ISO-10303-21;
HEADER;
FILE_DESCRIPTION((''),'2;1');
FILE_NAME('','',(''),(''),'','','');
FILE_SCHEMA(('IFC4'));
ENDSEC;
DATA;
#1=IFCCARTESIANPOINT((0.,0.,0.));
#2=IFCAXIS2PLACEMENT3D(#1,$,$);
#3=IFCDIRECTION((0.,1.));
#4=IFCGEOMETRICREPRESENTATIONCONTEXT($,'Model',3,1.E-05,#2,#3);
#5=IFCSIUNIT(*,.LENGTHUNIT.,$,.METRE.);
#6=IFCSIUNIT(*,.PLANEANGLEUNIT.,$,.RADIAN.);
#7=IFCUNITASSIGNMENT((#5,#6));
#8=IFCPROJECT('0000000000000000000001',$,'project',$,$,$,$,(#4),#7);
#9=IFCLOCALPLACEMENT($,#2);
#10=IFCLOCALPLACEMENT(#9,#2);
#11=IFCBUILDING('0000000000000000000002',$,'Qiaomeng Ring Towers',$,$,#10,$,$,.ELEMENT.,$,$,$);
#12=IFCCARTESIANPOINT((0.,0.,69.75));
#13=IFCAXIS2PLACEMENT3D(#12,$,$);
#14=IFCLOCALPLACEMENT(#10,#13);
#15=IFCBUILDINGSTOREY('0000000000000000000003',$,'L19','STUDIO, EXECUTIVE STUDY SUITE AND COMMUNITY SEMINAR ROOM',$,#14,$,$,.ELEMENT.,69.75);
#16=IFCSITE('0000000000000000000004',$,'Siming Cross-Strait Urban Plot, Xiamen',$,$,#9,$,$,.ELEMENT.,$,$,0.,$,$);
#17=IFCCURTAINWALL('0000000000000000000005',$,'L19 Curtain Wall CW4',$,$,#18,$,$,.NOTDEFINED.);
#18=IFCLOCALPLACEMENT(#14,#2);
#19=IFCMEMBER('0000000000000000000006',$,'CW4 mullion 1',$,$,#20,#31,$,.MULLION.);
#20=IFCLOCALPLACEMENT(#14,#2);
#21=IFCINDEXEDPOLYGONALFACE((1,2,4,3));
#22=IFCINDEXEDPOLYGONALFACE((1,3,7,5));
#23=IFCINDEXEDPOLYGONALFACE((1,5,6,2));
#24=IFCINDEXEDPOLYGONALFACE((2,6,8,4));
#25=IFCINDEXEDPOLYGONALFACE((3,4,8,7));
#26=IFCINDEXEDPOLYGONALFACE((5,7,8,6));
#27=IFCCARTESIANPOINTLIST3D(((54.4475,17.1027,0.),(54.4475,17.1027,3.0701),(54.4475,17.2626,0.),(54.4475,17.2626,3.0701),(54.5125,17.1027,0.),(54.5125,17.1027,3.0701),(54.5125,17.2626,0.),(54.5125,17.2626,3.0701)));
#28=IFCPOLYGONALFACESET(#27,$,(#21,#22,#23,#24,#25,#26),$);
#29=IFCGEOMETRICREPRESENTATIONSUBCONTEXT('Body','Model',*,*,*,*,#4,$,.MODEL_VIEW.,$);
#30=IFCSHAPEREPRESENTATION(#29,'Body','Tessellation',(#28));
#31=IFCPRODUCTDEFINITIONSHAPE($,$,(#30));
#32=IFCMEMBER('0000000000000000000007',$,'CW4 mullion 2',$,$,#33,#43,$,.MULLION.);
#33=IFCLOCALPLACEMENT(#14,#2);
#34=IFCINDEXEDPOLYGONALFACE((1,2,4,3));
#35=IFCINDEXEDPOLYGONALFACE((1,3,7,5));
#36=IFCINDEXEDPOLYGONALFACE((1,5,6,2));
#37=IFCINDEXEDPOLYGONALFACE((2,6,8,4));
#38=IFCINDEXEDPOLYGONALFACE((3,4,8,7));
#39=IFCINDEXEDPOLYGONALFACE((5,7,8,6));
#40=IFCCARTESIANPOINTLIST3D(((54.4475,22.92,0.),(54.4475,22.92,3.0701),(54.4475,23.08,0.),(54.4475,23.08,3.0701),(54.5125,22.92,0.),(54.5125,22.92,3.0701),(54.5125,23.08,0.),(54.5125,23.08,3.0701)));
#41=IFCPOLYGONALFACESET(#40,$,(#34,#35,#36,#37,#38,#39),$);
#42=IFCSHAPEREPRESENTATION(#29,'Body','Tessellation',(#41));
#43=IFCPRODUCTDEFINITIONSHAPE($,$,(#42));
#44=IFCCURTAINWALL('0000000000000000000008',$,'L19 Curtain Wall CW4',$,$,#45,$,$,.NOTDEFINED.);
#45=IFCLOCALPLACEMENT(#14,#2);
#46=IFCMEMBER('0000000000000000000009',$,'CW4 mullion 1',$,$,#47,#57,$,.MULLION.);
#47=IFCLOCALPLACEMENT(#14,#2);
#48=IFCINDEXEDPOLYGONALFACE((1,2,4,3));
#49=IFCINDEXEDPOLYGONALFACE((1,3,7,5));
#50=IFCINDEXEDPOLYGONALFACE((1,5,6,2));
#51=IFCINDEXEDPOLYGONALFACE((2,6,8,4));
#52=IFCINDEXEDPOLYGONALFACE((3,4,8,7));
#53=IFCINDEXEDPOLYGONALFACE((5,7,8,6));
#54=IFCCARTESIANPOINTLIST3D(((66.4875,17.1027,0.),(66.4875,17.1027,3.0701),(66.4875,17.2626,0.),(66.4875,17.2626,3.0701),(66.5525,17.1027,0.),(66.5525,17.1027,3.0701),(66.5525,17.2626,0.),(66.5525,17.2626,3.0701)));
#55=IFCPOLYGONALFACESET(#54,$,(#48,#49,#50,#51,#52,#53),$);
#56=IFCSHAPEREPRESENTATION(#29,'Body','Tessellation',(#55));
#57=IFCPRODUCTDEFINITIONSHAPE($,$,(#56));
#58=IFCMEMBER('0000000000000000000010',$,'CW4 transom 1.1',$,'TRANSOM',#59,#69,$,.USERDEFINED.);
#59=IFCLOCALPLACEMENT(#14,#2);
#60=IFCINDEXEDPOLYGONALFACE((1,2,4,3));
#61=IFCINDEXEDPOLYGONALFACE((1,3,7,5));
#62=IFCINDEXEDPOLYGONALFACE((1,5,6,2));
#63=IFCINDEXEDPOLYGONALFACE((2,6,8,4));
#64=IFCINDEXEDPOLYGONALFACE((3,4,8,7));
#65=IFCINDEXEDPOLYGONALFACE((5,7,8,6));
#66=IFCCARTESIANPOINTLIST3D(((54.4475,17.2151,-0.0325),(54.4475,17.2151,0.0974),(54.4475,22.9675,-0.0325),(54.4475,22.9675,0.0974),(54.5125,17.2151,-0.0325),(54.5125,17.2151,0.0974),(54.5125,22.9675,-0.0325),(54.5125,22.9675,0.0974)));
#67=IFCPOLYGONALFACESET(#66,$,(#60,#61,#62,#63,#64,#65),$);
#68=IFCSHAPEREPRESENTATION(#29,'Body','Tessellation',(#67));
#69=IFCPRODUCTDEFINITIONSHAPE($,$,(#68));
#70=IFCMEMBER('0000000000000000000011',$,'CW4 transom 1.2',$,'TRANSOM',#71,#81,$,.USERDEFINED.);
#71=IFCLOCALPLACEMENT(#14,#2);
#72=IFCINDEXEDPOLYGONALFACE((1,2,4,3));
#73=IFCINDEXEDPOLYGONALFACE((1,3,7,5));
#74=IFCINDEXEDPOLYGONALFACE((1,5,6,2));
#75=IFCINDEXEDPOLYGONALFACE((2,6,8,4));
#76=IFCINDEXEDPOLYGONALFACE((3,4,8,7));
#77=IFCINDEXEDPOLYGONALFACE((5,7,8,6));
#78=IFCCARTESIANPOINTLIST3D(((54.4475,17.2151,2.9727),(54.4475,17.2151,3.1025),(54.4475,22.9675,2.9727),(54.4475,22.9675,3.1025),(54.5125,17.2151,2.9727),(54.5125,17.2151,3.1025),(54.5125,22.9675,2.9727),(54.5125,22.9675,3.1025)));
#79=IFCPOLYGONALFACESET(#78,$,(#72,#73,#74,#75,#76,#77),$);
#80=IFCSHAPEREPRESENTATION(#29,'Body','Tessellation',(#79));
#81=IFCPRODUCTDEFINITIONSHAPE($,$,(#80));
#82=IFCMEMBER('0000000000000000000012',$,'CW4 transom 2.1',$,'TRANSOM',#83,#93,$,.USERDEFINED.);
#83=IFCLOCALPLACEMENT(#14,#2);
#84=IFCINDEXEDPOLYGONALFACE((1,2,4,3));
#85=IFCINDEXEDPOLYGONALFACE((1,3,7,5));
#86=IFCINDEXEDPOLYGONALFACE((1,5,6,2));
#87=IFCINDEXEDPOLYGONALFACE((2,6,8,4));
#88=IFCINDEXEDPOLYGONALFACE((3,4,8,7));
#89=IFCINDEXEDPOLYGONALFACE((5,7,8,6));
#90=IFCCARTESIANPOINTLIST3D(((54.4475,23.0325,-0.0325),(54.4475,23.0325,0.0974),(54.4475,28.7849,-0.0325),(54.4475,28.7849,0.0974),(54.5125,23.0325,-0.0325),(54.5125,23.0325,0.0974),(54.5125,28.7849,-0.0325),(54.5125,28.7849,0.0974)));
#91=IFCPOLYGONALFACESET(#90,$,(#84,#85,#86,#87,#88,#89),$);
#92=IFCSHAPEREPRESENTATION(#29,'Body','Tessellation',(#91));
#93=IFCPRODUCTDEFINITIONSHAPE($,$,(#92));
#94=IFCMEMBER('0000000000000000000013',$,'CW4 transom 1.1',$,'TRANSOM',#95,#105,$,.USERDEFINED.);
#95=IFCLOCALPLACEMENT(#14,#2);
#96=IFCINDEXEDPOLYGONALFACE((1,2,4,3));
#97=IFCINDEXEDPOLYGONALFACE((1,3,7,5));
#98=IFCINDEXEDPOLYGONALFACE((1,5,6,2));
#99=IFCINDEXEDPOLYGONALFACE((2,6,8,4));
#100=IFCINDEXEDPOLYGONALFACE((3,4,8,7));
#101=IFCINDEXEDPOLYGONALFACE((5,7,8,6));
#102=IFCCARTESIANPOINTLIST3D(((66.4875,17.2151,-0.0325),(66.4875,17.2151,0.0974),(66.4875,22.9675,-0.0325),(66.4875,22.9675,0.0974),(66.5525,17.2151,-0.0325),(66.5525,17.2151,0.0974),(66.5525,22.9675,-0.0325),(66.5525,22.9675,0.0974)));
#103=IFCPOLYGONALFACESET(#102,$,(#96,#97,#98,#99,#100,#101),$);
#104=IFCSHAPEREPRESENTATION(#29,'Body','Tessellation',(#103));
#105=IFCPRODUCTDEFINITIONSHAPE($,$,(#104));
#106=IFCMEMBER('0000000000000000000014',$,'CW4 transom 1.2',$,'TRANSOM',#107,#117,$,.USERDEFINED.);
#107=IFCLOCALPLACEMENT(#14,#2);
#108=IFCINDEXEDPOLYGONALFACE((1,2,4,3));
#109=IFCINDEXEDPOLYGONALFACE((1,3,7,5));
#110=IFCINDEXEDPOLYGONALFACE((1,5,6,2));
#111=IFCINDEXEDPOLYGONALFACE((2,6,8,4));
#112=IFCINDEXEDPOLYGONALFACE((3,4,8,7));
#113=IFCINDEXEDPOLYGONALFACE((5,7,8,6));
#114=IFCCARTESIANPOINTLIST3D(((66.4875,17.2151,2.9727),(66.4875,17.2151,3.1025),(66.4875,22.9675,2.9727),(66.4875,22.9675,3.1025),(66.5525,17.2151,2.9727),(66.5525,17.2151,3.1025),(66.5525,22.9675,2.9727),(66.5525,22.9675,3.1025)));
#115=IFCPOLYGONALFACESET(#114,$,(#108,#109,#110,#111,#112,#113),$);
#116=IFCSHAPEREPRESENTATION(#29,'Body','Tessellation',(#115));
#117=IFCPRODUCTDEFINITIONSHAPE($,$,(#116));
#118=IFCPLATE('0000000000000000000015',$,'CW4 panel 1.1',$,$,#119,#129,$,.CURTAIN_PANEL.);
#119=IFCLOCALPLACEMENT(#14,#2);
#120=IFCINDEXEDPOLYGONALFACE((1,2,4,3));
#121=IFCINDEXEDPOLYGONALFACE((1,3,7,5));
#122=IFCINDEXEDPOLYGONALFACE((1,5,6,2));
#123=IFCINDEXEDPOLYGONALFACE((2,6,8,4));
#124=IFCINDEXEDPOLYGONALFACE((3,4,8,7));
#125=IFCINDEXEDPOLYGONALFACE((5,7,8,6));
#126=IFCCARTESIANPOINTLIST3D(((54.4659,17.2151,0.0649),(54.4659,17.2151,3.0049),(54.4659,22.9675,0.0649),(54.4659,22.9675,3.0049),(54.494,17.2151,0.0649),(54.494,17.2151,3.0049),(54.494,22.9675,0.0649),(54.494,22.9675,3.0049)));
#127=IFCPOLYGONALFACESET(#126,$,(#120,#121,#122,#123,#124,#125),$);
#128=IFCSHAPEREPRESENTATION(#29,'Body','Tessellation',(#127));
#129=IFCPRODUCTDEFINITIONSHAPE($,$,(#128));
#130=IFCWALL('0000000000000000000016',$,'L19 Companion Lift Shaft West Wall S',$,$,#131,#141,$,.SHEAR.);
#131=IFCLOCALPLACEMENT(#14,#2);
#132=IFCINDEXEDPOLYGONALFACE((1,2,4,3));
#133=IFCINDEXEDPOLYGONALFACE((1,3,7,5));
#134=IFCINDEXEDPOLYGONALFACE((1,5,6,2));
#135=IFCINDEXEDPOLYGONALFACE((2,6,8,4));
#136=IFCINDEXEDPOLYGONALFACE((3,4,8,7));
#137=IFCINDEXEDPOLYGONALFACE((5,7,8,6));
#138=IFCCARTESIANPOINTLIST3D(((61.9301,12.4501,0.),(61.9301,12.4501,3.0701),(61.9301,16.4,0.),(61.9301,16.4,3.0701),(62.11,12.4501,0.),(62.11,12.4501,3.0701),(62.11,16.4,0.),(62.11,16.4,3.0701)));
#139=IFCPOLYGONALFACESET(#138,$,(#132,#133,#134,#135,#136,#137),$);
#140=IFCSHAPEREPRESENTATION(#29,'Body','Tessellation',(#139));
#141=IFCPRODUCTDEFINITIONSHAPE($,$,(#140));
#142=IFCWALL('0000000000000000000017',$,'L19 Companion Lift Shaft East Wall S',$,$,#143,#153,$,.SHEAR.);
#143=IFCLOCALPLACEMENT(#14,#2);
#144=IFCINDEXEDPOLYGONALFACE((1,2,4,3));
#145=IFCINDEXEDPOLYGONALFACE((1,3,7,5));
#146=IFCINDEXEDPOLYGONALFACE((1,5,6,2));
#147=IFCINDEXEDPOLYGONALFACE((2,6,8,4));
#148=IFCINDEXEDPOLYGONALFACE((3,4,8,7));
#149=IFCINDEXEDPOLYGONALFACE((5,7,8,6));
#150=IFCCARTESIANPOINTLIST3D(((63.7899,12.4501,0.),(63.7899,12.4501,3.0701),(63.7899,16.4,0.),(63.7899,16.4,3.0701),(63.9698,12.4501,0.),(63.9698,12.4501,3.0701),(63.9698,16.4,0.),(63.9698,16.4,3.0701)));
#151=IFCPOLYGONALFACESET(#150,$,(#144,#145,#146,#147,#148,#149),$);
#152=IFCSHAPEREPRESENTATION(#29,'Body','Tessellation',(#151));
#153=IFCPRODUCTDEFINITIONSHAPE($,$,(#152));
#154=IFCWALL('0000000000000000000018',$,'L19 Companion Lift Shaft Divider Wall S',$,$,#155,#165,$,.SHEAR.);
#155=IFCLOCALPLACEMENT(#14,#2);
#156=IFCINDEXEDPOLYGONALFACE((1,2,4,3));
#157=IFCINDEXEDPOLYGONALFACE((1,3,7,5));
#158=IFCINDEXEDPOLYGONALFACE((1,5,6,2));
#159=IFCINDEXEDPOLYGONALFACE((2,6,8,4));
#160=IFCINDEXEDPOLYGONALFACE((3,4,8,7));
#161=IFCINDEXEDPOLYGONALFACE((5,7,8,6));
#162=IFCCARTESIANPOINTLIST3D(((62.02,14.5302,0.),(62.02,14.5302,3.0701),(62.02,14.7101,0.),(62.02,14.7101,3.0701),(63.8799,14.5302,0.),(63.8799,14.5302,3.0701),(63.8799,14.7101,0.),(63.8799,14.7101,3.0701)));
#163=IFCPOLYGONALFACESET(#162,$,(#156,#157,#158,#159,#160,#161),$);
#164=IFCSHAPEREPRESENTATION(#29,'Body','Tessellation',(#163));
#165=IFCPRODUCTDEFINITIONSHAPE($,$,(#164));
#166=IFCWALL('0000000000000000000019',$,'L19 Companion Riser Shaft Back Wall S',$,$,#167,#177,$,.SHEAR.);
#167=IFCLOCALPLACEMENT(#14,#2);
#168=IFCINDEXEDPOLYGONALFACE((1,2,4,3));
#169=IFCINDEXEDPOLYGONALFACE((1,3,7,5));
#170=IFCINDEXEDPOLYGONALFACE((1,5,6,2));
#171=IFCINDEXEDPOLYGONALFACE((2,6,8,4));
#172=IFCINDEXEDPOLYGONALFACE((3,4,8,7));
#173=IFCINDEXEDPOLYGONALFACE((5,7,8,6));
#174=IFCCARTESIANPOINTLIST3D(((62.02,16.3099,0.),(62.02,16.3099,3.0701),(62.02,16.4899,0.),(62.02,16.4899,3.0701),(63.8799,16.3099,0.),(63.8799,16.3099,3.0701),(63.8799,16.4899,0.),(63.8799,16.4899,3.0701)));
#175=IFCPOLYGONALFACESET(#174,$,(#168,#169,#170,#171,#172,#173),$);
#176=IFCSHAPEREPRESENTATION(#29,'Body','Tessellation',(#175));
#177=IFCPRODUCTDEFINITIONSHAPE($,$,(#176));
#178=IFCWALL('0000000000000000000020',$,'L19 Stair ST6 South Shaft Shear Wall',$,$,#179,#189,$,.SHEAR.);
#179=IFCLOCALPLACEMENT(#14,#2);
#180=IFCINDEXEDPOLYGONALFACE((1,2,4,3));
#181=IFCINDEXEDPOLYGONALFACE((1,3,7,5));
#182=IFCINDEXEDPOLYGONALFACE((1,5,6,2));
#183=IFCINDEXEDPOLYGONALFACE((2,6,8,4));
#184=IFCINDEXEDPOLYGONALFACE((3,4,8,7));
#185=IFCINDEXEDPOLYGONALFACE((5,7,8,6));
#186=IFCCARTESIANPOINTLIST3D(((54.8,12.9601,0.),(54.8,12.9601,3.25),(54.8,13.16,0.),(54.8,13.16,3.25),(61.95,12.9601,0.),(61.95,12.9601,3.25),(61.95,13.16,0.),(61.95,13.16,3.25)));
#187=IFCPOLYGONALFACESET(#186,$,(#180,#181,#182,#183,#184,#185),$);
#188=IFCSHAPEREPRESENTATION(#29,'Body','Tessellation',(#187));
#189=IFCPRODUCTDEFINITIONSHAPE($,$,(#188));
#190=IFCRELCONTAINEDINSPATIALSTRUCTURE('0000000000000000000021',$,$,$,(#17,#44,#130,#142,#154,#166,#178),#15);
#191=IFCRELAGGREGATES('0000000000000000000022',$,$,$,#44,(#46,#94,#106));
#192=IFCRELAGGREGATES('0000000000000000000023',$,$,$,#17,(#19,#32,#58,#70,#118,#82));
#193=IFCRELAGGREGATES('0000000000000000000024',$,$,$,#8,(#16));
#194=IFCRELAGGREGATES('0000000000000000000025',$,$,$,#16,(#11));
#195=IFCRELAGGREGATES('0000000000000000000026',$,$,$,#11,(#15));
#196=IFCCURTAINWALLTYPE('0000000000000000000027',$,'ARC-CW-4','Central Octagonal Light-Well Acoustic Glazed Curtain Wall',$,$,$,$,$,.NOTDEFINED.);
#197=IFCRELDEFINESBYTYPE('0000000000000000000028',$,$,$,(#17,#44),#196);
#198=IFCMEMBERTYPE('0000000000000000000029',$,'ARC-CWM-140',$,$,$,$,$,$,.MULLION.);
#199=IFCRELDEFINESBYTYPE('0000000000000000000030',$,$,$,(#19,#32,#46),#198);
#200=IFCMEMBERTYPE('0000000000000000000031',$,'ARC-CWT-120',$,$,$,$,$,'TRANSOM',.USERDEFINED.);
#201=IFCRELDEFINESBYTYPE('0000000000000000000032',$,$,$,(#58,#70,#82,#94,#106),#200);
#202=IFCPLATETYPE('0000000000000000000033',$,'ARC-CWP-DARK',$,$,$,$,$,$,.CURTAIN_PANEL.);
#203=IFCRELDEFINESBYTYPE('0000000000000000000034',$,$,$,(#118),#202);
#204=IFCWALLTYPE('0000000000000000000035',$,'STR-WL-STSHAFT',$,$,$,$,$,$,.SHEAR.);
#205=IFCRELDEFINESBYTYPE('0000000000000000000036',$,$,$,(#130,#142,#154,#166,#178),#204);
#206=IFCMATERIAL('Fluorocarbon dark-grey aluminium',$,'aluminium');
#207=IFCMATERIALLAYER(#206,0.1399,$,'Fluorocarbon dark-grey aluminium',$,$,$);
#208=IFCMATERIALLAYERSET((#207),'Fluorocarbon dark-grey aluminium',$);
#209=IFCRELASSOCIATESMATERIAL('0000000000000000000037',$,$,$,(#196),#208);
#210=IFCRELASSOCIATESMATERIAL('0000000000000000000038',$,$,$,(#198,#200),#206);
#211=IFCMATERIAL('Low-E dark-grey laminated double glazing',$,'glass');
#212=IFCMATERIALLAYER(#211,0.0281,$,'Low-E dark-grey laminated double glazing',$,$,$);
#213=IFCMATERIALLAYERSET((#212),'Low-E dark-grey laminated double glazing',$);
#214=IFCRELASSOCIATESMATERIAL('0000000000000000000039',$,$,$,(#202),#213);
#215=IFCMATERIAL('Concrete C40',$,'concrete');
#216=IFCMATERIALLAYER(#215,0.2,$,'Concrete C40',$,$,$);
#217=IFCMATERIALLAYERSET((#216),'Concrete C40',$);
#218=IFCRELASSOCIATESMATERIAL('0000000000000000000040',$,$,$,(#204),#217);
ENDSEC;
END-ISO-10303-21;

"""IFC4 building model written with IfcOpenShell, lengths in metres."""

from ifc_helpers import new_model, si_unit, direction, frame, frame_2d, origin, origin_2d, place, context, subcontext, project, spatial, rectangle, extrude, source, transform, mapped, material, layer, layer_set, material_profile, profile_set, type_object, element, aggregate, save


model = new_model("IFC4")

# Units and contexts
model_context = context("Model", 3, precision=1e-05, world=origin(), true_north=direction((0.0, 1.0)))
body_context = subcontext(model_context, "Body", "Model", "MODEL_VIEW")
ifc_project = project(units=[si_unit("LENGTHUNIT", "METRE"), si_unit("PLANEANGLEUNIT", "RADIAN")], contexts=[model_context])

# Site, building, storey
site_placement = place(None, origin())
site = spatial("IfcSite", under=ifc_project, at=site_placement, Name="Siming Cross-Strait Urban Plot, Xiamen", CompositionType="ELEMENT", RefElevation=0.0)
building_placement = place(site_placement, origin())
building = spatial("IfcBuilding", under=site, at=building_placement, Name="Qiaomeng Ring Towers", CompositionType="ELEMENT")
storey_placement = place(building_placement, frame((0.0, 0.0, 69.75)))
storey = spatial("IfcBuildingStorey", under=building, at=storey_placement, Name="L19", Description="STUDIO, EXECUTIVE STUDY SUITE AND COMMUNITY SEMINAR ROOM", CompositionType="ELEMENT", Elevation=69.75)

# Curtain wall, members
ifc_material_1 = material(Name="Fluorocarbon dark-grey aluminium", Category="aluminium")
ifc_layer_1 = layer(ifc_material_1, 0.1399, Name="Fluorocarbon dark-grey aluminium")
ifc_layer_set_1 = layer_set([ifc_layer_1], Name="Fluorocarbon dark-grey aluminium")
curtain_wall_type = type_object("IfcCurtainWallType", Name="ARC-CW-4", Description="Central Octagonal Light-Well Acoustic Glazed Curtain Wall", PredefinedType="NOTDEFINED", material=ifc_layer_set_1)
curtain_wall_1_placement = place(storey_placement, origin())
curtain_wall_1 = element("IfcCurtainWall", 1, at=curtain_wall_1_placement, inside=storey, type_object=curtain_wall_type, Name="L19 Curtain Wall CW4", PredefinedType="NOTDEFINED")
ifc_material_profile_1 = material_profile(ifc_material_1, rectangle(XDim=0.0649, YDim=0.1599, at=origin_2d()), Name="ALU MULL 65x160")
ifc_profile_set_1 = profile_set([ifc_material_profile_1], Name="Fluorocarbon dark-grey aluminium")
member_type_1 = type_object("IfcMemberType", Name="ARC-CWM-140", PredefinedType="MULLION", material=ifc_profile_set_1)
shared_shape_1 = source(origin(), body_context, "Body", "SweptSolid", [
    extrude(rectangle(XDim=0.0649, YDim=0.1599, at=origin_2d()), origin(), (0.0, 0.0, 1.0), 3.0701),
])
member_1_placement = place(storey_placement, frame((54.48, 17.1826, 0.0), z_axis=(0.0, 0.0, 1.0), x_axis=(-1.0, 0.0, 0.0)))
member_1 = element("IfcMember", 2, at=member_1_placement, type_object=member_type_1, Name="CW4 mullion 1", PredefinedType="MULLION", context=body_context, shape_type="MappedRepresentation", body=[
    mapped(shared_shape_1, transform((0.0, 0.0, 0.0), x_axis=(1.0, 0.0, 0.0), y_axis=(0.0, 1.0, 0.0), z_axis=(0.0, 0.0, 1.0), scale=1.0)),
])
member_2_placement = place(storey_placement, frame((54.48, 23.0, 0.0), z_axis=(0.0, 0.0, 1.0), x_axis=(-1.0, 0.0, 0.0)))
member_2 = element("IfcMember", 3, at=member_2_placement, type_object=member_type_1, Name="CW4 mullion 2", PredefinedType="MULLION", context=body_context, shape_type="MappedRepresentation", body=[
    mapped(shared_shape_1, transform((0.0, 0.0, 0.0), x_axis=(1.0, 0.0, 0.0), y_axis=(0.0, 1.0, 0.0), z_axis=(0.0, 0.0, 1.0), scale=1.0)),
])

# Curtain wall, member
curtain_wall_2_placement = place(storey_placement, origin())
curtain_wall_2 = element("IfcCurtainWall", 4, at=curtain_wall_2_placement, inside=storey, type_object=curtain_wall_type, Name="L19 Curtain Wall CW4", PredefinedType="NOTDEFINED")
member_3_placement = place(storey_placement, frame((66.52, 17.1826, 0.0), z_axis=(0.0, 0.0, 1.0), x_axis=(-1.0, 0.0, 0.0)))
member_3 = element("IfcMember", 5, at=member_3_placement, type_object=member_type_1, Name="CW4 mullion 1", PredefinedType="MULLION", context=body_context, shape_type="MappedRepresentation", body=[
    mapped(shared_shape_1, transform((0.0, 0.0, 0.0), x_axis=(1.0, 0.0, 0.0), y_axis=(0.0, 1.0, 0.0), z_axis=(0.0, 0.0, 1.0), scale=1.0)),
])

# Members
ifc_material_profile_2 = material_profile(ifc_material_1, rectangle(XDim=0.0649, YDim=0.1299, at=origin_2d()), Name="ALU TRAN 65x130")
ifc_profile_set_2 = profile_set([ifc_material_profile_2], Name="Fluorocarbon dark-grey aluminium")
member_type_2 = type_object("IfcMemberType", Name="ARC-CWT-120", ElementType="TRANSOM", PredefinedType="USERDEFINED", material=ifc_profile_set_2)
shared_shape_2 = source(origin(), body_context, "Body", "SweptSolid", [
    extrude(rectangle(XDim=0.0649, YDim=0.1299, at=origin_2d()), origin(), (0.0, 0.0, 1.0), 5.7524),
])
member_4_placement = place(storey_placement, frame((54.48, 17.2151, 0.0325), z_axis=(0.0, 1.0, 0.0), x_axis=(-1.0, 0.0, 0.0)))
member_4 = element("IfcMember", 6, at=member_4_placement, type_object=member_type_2, Name="CW4 transom 1.1", ObjectType="TRANSOM", PredefinedType="USERDEFINED", context=body_context, shape_type="MappedRepresentation", body=[
    mapped(shared_shape_2, transform((0.0, 0.0, 0.0), x_axis=(1.0, 0.0, 0.0), y_axis=(0.0, 1.0, 0.0), z_axis=(0.0, 0.0, 1.0), scale=1.0)),
])
member_5_placement = place(storey_placement, frame((54.48, 17.2151, 3.0376), z_axis=(0.0, 1.0, 0.0), x_axis=(-1.0, 0.0, 0.0)))
member_5 = element("IfcMember", 7, at=member_5_placement, type_object=member_type_2, Name="CW4 transom 1.2", ObjectType="TRANSOM", PredefinedType="USERDEFINED", context=body_context, shape_type="MappedRepresentation", body=[
    mapped(shared_shape_2, transform((0.0, 0.0, 0.0), x_axis=(1.0, 0.0, 0.0), y_axis=(0.0, 1.0, 0.0), z_axis=(0.0, 0.0, 1.0), scale=1.0)),
])
member_6_placement = place(storey_placement, frame((54.48, 23.0325, 0.0325), z_axis=(0.0, 1.0, 0.0), x_axis=(-1.0, 0.0, 0.0)))
member_6 = element("IfcMember", 8, at=member_6_placement, type_object=member_type_2, Name="CW4 transom 2.1", ObjectType="TRANSOM", PredefinedType="USERDEFINED", context=body_context, shape_type="MappedRepresentation", body=[
    mapped(shared_shape_2, transform((0.0, 0.0, 0.0), x_axis=(1.0, 0.0, 0.0), y_axis=(0.0, 1.0, 0.0), z_axis=(0.0, 0.0, 1.0), scale=1.0)),
])
member_7_placement = place(storey_placement, frame((66.52, 17.2151, 0.0325), z_axis=(0.0, 1.0, 0.0), x_axis=(-1.0, 0.0, 0.0)))
member_7 = element("IfcMember", 9, at=member_7_placement, type_object=member_type_2, Name="CW4 transom 1.1", ObjectType="TRANSOM", PredefinedType="USERDEFINED", context=body_context, shape_type="MappedRepresentation", body=[
    mapped(shared_shape_2, transform((0.0, 0.0, 0.0), x_axis=(1.0, 0.0, 0.0), y_axis=(0.0, 1.0, 0.0), z_axis=(0.0, 0.0, 1.0), scale=1.0)),
])
member_8_placement = place(storey_placement, frame((66.52, 17.2151, 3.0376), z_axis=(0.0, 1.0, 0.0), x_axis=(-1.0, 0.0, 0.0)))
member_8 = element("IfcMember", 10, at=member_8_placement, type_object=member_type_2, Name="CW4 transom 1.2", ObjectType="TRANSOM", PredefinedType="USERDEFINED", context=body_context, shape_type="MappedRepresentation", body=[
    mapped(shared_shape_2, transform((0.0, 0.0, 0.0), x_axis=(1.0, 0.0, 0.0), y_axis=(0.0, 1.0, 0.0), z_axis=(0.0, 0.0, 1.0), scale=1.0)),
])
aggregate(curtain_wall_2, [member_3, member_7, member_8])

# Plate
ifc_material_2 = material(Name="Low-E dark-grey laminated double glazing", Category="glass")
ifc_layer_2 = layer(ifc_material_2, 0.0281, Name="Low-E dark-grey laminated double glazing")
ifc_layer_set_2 = layer_set([ifc_layer_2], Name="Low-E dark-grey laminated double glazing")
plate_type = type_object("IfcPlateType", Name="ARC-CWP-DARK", PredefinedType="CURTAIN_PANEL", material=ifc_layer_set_2)
shared_shape_3 = source(origin(), body_context, "Body", "SweptSolid", [
    extrude(rectangle(XDim=5.7524, YDim=0.0281, at=origin_2d()), origin(), (0.0, 0.0, 1.0), 2.9399),
])
plate_placement = place(storey_placement, frame((54.48, 20.0913, 0.0649), z_axis=(0.0, 0.0, 1.0), x_axis=(0.0, 1.0, 0.0)))
plate = element("IfcPlate", 11, at=plate_placement, type_object=plate_type, Name="CW4 panel 1.1", PredefinedType="CURTAIN_PANEL", context=body_context, shape_type="MappedRepresentation", body=[
    mapped(shared_shape_3, transform((0.0, 0.0, 0.0), x_axis=(1.0, 0.0, 0.0), y_axis=(0.0, 1.0, 0.0), z_axis=(0.0, 0.0, 1.0), scale=1.0)),
])
aggregate(curtain_wall_1, [member_1, member_2, member_4, member_5, plate, member_6])

# Walls
ifc_material_3 = material(Name="Concrete C40", Category="concrete")
ifc_layer_3 = layer(ifc_material_3, 0.2, Name="Concrete C40")
ifc_layer_set_3 = layer_set([ifc_layer_3], Name="Concrete C40")
wall_type_1 = type_object("IfcWallType", Name="STR-WL-STSHAFT", PredefinedType="SHEAR", material=ifc_layer_set_3)
for number, where, z_axis, x_axis, name in (
    (12, (62.02, 12.45, 0.0), (0.0, 0.0, 1.0), (0.0, 1.0, 0.0), "L19 Companion Lift Shaft West Wall S"),
    (13, (63.8799, 12.45, 0.0), (0.0, 0.0, 1.0), (0.0, 1.0, 0.0), "L19 Companion Lift Shaft East Wall S"),
):
    element("IfcWall", number, at=place(storey_placement, frame(where, z_axis=z_axis, x_axis=x_axis)), inside=storey, type_object=wall_type_1, Name=name, PredefinedType="SHEAR", context=body_context, shape_type="SweptSolid", body=[
        extrude(rectangle(XDim=3.95, YDim=0.1799, at=frame_2d((1.9751, 0.0))), origin(), (0.0, 0.0, 1.0), 3.0701),
    ])
for number, where, z_axis, x_axis, name in (
    (14, (62.02, 14.6201, 0.0), (0.0, 0.0, 1.0), (1.0, 0.0, 0.0), "L19 Companion Lift Shaft Divider Wall S"),
    (15, (62.02, 16.3999, 0.0), (0.0, 0.0, 1.0), (1.0, 0.0, 0.0), "L19 Companion Riser Shaft Back Wall S"),
):
    element("IfcWall", number, at=place(storey_placement, frame(where, z_axis=z_axis, x_axis=x_axis)), inside=storey, type_object=wall_type_1, Name=name, PredefinedType="SHEAR", context=body_context, shape_type="SweptSolid", body=[
        extrude(rectangle(XDim=1.8599, YDim=0.1799, at=frame_2d((0.9299, 0.0))), origin(), (0.0, 0.0, 1.0), 3.0701),
    ])
for number, where, z_axis, x_axis, name in (
    (16, (54.8, 13.0601, 0.0), (0.0, 0.0, 1.0), (1.0, 0.0, 0.0), "L19 Stair ST6 South Shaft Shear Wall"),
):
    element("IfcWall", number, at=place(storey_placement, frame(where, z_axis=z_axis, x_axis=x_axis)), inside=storey, type_object=wall_type_1, Name=name, PredefinedType="SHEAR", context=body_context, shape_type="SweptSolid", body=[
        extrude(rectangle(XDim=7.1499, YDim=0.2, at=frame_2d((3.575, 0.0))), origin(), (0.0, 0.0, 1.0), 3.25),
    ])

save(model, "model.ifc")
